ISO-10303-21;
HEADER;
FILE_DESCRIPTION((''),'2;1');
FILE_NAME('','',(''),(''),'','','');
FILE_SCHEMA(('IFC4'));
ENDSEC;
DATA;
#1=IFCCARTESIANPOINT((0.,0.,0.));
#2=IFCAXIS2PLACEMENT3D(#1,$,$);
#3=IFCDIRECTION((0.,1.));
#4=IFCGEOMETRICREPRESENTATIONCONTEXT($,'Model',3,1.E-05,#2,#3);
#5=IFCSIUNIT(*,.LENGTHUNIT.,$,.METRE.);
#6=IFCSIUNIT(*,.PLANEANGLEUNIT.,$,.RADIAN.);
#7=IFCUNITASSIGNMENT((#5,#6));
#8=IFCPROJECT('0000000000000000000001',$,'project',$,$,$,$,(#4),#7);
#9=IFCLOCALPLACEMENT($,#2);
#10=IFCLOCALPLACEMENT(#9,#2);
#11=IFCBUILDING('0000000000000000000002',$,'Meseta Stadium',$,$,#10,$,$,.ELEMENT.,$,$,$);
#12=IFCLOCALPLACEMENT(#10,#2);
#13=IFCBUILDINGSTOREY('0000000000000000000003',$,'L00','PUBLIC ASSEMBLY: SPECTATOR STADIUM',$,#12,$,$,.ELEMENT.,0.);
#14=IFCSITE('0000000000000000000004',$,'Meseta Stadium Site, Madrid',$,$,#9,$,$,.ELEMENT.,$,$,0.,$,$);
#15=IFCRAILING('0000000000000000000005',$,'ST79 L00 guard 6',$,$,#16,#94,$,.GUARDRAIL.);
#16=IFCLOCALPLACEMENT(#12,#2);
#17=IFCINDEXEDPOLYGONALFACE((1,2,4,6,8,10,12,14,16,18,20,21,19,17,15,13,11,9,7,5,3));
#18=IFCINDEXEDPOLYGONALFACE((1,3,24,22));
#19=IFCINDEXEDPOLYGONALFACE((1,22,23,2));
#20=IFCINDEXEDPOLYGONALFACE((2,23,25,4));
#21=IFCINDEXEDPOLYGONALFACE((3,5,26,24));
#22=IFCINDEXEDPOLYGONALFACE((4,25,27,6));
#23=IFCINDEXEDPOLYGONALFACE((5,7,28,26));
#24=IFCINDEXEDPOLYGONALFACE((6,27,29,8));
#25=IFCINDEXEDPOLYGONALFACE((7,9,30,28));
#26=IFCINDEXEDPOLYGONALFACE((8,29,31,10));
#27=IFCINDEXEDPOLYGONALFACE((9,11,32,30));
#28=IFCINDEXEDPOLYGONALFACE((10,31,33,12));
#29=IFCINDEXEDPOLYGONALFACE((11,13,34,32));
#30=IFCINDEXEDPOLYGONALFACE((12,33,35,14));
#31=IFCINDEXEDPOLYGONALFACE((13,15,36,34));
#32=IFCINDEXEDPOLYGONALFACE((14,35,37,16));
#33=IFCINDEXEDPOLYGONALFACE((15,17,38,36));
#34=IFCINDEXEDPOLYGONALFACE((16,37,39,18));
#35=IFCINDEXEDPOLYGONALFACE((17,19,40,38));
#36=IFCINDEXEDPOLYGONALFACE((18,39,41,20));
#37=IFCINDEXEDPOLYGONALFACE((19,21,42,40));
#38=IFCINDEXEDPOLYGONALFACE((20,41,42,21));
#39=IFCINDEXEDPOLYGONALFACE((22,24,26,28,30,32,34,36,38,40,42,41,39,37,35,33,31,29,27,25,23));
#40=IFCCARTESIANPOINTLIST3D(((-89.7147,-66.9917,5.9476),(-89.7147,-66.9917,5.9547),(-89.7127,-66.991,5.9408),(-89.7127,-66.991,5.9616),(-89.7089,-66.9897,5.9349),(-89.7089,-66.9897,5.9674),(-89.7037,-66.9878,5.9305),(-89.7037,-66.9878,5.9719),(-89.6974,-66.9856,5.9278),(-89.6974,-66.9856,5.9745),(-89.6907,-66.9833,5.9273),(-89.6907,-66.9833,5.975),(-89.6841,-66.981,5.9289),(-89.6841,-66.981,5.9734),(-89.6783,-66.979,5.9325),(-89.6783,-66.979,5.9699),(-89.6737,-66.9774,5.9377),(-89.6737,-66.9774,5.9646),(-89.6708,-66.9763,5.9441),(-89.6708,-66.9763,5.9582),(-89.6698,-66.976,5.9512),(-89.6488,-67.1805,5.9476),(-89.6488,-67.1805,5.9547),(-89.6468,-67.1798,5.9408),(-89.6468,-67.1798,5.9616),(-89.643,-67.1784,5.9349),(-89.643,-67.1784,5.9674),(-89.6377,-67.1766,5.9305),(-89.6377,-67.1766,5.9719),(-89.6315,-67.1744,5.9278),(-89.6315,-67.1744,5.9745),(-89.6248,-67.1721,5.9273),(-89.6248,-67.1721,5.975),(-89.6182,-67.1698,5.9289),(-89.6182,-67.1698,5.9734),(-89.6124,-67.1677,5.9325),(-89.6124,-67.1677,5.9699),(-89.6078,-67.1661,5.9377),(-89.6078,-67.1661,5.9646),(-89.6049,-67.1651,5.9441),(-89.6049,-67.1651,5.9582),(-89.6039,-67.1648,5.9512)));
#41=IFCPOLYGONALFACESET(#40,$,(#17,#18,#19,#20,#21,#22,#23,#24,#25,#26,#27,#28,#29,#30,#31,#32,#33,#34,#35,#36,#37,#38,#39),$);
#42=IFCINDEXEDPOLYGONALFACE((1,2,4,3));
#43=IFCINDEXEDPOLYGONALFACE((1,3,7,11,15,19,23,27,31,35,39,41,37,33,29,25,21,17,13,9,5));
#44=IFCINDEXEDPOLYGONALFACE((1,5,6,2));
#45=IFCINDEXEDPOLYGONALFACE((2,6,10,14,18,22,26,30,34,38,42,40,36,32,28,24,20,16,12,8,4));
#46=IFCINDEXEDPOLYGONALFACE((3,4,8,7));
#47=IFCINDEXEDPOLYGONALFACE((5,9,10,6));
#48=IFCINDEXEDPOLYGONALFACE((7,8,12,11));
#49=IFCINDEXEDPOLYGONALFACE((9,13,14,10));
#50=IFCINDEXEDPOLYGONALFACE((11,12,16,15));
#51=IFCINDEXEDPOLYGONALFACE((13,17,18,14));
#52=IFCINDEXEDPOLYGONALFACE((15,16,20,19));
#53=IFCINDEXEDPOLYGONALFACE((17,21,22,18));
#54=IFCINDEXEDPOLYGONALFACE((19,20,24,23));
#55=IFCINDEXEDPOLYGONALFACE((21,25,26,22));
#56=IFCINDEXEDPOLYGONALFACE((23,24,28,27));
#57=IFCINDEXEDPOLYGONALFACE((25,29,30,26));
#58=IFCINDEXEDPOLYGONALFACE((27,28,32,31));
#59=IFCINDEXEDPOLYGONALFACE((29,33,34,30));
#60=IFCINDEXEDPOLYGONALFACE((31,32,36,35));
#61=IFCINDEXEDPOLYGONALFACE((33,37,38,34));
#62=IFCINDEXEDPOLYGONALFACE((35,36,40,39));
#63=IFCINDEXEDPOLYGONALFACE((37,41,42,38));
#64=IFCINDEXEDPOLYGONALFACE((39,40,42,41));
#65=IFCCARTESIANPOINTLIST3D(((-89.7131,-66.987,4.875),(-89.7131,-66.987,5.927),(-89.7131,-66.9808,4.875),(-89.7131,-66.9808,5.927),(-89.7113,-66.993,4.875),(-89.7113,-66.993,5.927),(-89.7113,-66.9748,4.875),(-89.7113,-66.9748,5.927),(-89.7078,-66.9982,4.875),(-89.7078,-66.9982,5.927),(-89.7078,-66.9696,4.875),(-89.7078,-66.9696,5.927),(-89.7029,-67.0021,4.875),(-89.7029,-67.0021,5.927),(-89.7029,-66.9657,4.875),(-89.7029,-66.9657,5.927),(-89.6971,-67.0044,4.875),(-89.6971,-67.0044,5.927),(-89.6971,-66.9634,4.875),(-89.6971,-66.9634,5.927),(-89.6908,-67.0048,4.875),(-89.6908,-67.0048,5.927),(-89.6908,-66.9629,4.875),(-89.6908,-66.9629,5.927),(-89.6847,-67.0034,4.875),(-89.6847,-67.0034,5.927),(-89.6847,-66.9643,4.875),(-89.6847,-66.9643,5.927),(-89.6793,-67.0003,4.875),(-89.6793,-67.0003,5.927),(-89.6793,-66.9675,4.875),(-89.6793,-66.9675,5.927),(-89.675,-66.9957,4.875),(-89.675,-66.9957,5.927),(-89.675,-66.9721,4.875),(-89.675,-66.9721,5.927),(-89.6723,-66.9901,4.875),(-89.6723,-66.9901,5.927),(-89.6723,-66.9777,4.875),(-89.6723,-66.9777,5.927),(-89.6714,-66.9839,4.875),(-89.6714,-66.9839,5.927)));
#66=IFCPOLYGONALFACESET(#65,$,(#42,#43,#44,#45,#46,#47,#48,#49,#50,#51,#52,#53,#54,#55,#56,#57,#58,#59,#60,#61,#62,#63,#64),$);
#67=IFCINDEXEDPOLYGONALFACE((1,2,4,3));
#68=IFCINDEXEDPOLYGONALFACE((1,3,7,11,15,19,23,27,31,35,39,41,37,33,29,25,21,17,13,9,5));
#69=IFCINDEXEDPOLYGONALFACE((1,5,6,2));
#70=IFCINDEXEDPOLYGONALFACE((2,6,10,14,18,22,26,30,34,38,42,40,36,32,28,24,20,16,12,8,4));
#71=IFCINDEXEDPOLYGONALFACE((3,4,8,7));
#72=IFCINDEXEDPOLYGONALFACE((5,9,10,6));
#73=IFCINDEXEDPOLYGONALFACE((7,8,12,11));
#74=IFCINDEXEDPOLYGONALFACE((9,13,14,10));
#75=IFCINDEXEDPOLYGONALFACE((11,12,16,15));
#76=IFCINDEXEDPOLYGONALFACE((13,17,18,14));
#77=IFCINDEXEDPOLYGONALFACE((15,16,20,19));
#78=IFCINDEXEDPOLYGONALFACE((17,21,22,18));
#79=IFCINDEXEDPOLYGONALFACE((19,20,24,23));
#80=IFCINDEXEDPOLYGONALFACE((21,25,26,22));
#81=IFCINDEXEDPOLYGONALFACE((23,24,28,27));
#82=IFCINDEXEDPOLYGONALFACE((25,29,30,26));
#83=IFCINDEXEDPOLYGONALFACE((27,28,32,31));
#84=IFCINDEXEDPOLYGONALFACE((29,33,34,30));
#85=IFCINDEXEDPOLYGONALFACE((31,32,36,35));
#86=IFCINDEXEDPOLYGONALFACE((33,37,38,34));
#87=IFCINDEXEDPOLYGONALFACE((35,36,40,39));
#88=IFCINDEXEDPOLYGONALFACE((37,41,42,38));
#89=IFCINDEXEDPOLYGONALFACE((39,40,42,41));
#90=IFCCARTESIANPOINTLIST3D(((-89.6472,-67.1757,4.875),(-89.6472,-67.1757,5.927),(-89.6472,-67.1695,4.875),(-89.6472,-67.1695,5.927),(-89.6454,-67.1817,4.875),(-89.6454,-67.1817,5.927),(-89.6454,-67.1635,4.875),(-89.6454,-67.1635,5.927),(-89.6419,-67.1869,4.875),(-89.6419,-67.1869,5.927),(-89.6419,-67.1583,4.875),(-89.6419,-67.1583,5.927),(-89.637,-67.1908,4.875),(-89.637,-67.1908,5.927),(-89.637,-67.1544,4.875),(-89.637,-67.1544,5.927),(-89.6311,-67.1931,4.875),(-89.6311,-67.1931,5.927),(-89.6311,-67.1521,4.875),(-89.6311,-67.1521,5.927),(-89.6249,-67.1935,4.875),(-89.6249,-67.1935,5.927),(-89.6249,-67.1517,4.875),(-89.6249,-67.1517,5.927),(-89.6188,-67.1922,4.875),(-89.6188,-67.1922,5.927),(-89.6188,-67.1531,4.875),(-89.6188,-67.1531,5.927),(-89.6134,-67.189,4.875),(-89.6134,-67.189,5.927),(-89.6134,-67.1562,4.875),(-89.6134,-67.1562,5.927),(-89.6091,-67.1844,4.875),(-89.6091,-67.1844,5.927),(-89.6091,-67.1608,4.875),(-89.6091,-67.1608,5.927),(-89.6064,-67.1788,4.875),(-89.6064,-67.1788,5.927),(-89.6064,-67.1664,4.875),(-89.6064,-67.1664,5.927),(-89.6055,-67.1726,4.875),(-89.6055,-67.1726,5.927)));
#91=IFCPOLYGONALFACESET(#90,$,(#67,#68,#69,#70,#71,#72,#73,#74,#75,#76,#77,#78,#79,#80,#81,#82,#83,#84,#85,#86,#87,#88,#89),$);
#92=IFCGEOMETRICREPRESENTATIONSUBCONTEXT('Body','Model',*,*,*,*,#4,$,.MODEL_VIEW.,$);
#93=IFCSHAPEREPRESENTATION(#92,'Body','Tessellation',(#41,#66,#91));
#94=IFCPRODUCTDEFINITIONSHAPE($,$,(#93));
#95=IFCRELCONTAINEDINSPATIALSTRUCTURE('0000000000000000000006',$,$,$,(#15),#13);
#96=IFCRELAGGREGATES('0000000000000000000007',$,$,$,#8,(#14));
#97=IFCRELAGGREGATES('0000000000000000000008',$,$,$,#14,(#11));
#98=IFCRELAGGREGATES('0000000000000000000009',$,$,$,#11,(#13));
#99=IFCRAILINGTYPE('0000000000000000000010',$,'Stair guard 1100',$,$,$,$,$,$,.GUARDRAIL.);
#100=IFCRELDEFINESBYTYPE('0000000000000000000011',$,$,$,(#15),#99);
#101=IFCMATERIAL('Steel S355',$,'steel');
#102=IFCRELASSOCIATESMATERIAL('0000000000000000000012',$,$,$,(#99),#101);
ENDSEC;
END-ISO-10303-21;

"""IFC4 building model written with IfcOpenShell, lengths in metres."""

from ifc_helpers import new_model, si_unit, direction, frame, origin, origin_2d, place, context, subcontext, project, spatial, circle, extrude, material, type_object, element, save


model = new_model("IFC4")

# Units and contexts
model_context = context("Model", 3, precision=1e-05, world=origin(), true_north=direction((0.0, 1.0)))
body_context = subcontext(model_context, "Body", "Model", "MODEL_VIEW")
ifc_project = project(units=[si_unit("LENGTHUNIT", "METRE"), si_unit("PLANEANGLEUNIT", "RADIAN")], contexts=[model_context])

# Site, building, storey
site_placement = place(None, origin())
site = spatial("IfcSite", under=ifc_project, at=site_placement, Name="Meseta Stadium Site, Madrid", CompositionType="ELEMENT", RefElevation=0.0)
building_placement = place(site_placement, origin())
building = spatial("IfcBuilding", under=site, at=building_placement, Name="Meseta Stadium", CompositionType="ELEMENT")
storey_placement = place(building_placement, origin())
storey = spatial("IfcBuildingStorey", under=building, at=storey_placement, Name="L00", Description="PUBLIC ASSEMBLY: SPECTATOR STADIUM", CompositionType="ELEMENT", Elevation=0.0)

# Railing
ifc_material_1 = material(Name="Steel S355", Category="steel")
railing_type_1 = type_object("IfcRailingType", Name="Stair guard 1100", PredefinedType="GUARDRAIL", material=ifc_material_1)
railing_1_placement = place(storey_placement, frame((-89.6924, -66.9839, 4.875)))
element("IfcRailing", 1, at=railing_1_placement, inside=storey, type_object=railing_type_1, Name="ST79 L00 guard 6", PredefinedType="GUARDRAIL", context=body_context, shape_type="SweptSolid", body=[
    extrude(circle(Radius=0.0239, at=origin_2d()), frame((0.0, 0.0, 1.0762), z_axis=(0.329752, -0.944068, 0.0), x_axis=(0.944068, 0.329752, 0.0)), (0.0, 0.0, 1.0), 0.2),
    extrude(circle(Radius=0.021, at=origin_2d()), origin(), (0.0, 0.0, 1.0), 1.052),
    extrude(circle(Radius=0.021, at=origin_2d()), frame((0.0659, -0.1887, 0.0)), (0.0, 0.0, 1.0), 1.052),
])

save(model, "model.ifc")
